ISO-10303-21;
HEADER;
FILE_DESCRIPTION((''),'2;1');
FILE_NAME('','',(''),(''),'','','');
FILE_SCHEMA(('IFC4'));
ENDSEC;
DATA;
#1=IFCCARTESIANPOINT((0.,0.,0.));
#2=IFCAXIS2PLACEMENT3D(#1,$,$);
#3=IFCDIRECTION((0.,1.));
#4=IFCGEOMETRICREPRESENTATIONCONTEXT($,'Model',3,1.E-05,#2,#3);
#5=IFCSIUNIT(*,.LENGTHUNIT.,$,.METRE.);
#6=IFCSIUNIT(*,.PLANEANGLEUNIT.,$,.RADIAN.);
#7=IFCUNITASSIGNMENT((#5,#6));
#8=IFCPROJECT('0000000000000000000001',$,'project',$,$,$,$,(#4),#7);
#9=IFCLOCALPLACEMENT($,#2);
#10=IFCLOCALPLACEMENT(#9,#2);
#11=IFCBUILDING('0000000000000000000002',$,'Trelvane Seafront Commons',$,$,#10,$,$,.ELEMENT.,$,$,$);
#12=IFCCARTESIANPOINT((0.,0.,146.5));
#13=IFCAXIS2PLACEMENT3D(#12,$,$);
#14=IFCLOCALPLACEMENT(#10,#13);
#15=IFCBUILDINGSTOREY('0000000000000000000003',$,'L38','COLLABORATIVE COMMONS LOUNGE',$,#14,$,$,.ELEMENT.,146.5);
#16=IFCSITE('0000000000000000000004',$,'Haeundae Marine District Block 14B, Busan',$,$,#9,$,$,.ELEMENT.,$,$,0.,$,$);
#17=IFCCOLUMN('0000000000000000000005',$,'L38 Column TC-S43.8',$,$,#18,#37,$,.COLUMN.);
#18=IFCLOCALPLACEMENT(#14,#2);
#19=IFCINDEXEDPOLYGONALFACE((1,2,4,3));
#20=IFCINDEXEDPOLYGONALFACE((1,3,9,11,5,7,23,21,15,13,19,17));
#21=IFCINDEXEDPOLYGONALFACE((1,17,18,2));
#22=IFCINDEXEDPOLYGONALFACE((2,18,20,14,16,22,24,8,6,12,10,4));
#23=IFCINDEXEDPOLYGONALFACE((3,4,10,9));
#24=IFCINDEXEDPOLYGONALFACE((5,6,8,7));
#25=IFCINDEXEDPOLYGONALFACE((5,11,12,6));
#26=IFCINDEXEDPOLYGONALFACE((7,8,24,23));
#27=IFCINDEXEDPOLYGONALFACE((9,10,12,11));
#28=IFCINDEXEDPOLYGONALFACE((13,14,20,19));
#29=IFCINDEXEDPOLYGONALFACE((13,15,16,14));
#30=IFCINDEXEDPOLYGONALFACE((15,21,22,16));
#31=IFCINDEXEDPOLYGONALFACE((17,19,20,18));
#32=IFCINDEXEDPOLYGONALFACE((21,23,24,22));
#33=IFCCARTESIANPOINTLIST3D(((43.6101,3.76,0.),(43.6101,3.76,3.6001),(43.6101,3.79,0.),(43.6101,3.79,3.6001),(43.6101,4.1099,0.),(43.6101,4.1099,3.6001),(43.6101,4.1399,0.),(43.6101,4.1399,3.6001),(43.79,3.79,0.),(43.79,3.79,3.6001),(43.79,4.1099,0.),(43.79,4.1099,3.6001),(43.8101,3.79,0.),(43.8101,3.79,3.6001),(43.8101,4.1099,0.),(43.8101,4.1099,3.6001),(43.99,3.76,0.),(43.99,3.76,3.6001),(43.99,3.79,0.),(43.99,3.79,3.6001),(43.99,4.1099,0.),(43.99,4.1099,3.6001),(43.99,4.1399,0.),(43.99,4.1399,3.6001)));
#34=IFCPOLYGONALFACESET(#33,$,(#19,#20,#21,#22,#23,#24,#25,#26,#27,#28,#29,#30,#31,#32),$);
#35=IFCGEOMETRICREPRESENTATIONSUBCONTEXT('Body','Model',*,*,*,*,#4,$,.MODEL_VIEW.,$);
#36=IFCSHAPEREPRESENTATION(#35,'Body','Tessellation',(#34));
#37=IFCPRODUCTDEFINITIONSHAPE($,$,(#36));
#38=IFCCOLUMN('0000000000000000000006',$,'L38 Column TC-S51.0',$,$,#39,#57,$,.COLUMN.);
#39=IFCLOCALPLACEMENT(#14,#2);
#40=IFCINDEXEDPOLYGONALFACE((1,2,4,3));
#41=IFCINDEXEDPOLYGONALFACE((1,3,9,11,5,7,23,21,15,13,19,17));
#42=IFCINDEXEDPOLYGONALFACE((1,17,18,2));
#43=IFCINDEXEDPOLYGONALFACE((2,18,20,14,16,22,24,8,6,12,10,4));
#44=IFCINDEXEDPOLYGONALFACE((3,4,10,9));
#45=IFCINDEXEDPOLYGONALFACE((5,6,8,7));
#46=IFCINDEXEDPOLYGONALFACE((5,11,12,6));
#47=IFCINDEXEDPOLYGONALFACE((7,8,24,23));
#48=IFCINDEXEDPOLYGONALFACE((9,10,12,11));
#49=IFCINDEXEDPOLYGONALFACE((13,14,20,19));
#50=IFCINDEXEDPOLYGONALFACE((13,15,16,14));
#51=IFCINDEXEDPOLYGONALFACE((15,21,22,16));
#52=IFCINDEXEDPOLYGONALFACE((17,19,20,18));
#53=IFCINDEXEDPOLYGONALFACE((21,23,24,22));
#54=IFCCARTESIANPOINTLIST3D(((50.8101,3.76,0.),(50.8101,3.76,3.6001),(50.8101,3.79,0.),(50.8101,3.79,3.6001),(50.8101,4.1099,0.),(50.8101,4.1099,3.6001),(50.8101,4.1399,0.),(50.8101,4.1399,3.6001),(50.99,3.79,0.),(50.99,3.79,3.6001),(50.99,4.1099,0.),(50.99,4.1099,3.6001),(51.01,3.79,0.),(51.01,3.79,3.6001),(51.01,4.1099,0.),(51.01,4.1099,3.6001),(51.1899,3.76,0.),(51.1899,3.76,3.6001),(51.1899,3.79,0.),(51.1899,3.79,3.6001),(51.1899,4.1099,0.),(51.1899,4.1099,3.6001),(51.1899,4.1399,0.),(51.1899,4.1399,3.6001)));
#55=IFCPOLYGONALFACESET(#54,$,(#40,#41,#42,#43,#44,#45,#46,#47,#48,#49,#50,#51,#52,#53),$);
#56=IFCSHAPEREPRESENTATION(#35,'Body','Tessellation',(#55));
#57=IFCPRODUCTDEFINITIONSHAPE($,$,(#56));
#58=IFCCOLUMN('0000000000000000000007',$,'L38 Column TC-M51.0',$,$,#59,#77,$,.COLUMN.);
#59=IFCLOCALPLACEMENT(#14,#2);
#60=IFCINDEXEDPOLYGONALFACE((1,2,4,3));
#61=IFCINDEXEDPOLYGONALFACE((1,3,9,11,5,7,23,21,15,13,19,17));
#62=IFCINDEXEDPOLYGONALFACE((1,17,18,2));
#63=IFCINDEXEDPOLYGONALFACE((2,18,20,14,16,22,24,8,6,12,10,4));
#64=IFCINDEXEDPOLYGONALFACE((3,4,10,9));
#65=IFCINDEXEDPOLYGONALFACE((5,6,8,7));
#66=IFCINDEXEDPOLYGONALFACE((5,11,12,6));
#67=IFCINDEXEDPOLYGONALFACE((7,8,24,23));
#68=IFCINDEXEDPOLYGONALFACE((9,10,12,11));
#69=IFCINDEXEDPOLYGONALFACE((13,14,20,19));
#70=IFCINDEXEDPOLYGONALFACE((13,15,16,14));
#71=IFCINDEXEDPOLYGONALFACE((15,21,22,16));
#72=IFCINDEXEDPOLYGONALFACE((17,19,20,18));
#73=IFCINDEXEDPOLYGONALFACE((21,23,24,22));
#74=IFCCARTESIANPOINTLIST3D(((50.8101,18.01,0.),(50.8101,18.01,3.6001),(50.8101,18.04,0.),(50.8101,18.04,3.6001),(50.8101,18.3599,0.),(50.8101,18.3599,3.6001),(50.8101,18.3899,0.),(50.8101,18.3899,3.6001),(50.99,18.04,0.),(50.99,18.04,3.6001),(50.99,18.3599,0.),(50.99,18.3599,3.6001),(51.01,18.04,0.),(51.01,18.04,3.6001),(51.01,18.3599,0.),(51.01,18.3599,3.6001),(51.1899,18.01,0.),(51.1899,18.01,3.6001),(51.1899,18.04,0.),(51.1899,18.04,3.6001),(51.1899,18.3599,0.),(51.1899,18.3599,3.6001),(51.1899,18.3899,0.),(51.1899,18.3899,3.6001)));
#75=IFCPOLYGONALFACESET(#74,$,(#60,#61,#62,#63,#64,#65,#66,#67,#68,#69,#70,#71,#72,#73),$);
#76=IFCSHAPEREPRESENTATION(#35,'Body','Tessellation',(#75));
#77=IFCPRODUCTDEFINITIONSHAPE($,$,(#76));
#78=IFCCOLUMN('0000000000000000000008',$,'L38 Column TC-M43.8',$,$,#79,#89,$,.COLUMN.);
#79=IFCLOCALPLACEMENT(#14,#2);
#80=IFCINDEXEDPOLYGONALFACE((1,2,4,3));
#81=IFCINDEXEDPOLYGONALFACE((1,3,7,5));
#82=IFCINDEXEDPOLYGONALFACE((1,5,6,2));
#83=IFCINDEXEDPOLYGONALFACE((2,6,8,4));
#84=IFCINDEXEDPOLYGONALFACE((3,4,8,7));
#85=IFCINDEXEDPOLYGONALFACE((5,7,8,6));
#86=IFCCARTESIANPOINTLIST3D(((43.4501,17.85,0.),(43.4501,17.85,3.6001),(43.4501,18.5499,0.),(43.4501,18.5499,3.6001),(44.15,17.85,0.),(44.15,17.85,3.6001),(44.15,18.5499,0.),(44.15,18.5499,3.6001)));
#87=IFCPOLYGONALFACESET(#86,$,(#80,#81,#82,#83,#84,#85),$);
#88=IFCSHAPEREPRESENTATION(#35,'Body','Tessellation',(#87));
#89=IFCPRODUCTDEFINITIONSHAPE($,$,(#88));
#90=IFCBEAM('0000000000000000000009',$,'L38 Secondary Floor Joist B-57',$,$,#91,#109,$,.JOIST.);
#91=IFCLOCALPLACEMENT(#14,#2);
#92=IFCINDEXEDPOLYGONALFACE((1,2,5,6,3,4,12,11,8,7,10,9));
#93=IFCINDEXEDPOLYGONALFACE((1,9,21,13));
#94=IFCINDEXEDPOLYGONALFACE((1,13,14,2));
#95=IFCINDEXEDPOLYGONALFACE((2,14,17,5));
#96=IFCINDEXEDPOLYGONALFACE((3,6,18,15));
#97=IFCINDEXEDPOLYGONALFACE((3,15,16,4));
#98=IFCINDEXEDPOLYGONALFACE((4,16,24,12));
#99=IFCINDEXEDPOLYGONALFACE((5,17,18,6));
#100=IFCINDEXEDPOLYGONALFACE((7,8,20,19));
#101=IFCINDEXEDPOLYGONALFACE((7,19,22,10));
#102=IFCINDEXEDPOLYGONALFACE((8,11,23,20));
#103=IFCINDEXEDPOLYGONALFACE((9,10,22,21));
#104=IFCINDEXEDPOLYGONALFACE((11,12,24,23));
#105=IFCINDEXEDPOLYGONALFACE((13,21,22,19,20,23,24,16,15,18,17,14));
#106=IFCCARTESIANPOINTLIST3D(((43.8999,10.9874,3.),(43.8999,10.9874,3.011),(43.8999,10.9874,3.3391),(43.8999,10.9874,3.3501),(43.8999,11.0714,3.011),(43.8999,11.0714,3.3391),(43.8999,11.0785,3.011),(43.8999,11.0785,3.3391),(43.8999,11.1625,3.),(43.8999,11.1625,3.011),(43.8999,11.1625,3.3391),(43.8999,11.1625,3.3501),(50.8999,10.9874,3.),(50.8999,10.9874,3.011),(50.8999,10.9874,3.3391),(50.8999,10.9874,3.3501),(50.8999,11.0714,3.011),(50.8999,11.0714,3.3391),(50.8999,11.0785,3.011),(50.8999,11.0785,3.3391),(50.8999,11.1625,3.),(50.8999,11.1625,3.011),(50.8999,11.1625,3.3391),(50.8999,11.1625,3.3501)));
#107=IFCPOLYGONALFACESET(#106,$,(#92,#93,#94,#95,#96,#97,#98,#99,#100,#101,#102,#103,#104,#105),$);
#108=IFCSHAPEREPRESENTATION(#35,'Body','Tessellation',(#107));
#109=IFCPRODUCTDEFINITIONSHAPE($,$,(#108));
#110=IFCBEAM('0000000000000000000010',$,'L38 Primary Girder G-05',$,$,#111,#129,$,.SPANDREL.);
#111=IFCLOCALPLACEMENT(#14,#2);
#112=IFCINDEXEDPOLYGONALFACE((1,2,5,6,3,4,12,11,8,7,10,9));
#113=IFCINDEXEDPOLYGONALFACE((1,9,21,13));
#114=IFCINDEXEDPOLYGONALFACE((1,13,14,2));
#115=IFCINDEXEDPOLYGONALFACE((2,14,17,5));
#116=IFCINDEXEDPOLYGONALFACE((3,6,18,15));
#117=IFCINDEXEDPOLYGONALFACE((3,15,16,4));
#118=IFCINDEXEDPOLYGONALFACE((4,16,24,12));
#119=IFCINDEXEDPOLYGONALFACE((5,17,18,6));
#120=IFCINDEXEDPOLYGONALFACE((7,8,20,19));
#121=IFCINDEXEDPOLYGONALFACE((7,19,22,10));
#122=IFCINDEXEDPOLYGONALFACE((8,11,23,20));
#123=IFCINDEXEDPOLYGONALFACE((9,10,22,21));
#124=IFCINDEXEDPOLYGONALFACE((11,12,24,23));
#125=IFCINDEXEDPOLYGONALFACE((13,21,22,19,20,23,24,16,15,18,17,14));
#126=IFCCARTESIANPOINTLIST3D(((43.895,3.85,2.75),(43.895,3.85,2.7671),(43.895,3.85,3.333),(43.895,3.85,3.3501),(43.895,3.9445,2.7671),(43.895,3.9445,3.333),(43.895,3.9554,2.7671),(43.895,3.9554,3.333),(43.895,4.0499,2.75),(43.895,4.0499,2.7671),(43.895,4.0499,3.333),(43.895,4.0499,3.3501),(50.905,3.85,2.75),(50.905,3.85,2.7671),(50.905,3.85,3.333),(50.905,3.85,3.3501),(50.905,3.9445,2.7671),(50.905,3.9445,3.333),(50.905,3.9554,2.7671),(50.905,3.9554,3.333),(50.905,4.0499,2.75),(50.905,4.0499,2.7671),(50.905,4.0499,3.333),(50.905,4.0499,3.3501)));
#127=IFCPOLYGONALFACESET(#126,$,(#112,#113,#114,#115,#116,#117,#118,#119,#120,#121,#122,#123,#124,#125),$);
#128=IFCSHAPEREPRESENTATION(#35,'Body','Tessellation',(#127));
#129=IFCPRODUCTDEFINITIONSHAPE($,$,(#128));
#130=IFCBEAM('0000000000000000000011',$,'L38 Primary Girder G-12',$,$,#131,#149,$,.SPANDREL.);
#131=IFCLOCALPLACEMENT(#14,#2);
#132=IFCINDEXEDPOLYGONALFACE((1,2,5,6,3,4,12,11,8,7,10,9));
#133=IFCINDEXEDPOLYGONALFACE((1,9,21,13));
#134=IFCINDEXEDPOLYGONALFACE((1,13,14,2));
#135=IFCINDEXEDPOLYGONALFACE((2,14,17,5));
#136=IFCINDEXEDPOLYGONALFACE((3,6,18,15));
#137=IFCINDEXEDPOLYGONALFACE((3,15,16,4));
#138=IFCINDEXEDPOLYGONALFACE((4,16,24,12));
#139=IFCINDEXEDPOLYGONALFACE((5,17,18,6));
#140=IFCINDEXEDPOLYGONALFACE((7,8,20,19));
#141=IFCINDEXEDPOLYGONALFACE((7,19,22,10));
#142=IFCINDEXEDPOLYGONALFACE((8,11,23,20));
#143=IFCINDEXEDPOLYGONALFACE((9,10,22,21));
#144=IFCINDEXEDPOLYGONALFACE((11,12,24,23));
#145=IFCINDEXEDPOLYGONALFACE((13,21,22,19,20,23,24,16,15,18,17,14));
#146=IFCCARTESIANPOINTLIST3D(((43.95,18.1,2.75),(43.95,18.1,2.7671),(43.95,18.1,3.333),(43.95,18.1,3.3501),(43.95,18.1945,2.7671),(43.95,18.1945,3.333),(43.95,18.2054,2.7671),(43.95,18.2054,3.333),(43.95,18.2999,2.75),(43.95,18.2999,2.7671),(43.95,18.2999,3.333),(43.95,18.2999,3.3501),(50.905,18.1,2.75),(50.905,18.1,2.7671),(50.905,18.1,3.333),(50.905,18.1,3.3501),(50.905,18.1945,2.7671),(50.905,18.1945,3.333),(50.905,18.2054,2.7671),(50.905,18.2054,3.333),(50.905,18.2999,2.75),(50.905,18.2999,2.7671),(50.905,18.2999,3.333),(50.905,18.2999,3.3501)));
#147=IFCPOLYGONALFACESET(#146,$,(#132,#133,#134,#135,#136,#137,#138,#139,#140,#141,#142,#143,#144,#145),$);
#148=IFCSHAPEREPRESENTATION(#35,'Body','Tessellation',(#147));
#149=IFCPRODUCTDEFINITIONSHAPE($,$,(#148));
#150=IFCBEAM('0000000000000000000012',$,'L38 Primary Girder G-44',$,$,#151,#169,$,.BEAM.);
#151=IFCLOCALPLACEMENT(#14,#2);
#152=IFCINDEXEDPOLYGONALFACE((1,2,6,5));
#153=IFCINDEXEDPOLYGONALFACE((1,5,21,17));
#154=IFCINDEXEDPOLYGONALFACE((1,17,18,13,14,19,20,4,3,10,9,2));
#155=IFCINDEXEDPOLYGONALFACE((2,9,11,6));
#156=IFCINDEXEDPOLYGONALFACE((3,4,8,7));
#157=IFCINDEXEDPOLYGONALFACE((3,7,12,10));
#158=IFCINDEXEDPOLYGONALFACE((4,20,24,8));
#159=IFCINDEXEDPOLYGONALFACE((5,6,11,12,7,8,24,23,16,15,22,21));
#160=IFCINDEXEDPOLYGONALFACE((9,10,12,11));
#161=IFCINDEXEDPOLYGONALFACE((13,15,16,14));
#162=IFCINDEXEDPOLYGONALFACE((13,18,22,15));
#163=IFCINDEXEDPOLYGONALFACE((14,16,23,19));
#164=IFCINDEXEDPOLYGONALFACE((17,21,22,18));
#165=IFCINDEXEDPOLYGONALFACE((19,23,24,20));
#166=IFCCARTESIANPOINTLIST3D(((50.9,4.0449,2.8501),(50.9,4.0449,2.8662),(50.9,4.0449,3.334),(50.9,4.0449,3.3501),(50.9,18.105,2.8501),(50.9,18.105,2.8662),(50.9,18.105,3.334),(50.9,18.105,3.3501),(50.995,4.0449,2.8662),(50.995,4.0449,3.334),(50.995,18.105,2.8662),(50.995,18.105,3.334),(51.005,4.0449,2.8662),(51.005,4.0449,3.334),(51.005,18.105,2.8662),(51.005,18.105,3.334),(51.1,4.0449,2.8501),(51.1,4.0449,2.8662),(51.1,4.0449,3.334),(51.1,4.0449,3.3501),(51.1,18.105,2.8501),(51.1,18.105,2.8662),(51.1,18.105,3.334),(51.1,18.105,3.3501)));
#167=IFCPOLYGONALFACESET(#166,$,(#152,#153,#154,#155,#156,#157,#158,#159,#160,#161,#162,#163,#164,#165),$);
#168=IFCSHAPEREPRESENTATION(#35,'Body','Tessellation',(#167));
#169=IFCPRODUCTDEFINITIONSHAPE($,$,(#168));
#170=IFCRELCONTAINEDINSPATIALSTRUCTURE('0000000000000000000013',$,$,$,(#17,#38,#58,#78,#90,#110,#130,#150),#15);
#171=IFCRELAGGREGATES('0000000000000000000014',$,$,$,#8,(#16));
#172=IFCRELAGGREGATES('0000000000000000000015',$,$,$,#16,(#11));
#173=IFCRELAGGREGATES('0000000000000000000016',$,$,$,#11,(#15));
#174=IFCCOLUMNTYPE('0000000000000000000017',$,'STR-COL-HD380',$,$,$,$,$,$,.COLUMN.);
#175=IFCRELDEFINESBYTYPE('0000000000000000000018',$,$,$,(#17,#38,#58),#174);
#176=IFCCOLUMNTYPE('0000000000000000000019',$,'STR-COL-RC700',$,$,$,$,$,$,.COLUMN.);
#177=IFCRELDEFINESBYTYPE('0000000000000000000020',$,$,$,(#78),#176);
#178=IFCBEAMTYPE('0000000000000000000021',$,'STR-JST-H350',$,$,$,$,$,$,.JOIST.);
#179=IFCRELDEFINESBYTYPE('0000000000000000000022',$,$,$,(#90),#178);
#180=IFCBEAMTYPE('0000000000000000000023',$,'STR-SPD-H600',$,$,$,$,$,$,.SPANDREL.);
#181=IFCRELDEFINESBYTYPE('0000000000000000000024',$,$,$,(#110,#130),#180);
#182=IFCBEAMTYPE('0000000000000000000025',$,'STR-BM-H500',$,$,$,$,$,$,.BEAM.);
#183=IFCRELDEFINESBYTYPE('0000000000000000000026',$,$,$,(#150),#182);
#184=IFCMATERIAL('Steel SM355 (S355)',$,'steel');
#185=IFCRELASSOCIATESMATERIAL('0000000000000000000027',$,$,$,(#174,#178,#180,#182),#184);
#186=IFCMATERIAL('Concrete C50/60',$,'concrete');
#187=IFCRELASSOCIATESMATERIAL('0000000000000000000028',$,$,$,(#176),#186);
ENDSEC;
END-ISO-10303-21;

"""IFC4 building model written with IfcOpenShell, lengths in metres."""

from ifc_helpers import new_model, si_unit, direction, frame, origin, origin_2d, place, context, subcontext, project, spatial, rectangle, i_section, extrude, source, transform, mapped, material, material_profile, profile_set, type_object, element, save


model = new_model("IFC4")

# Units and contexts
model_context = context("Model", 3, precision=1e-05, world=origin(), true_north=direction((0.0, 1.0)))
body_context = subcontext(model_context, "Body", "Model", "MODEL_VIEW")
ifc_project = project(units=[si_unit("LENGTHUNIT", "METRE"), si_unit("PLANEANGLEUNIT", "RADIAN")], contexts=[model_context])

# Site, building, storey
site_placement = place(None, origin())
site = spatial("IfcSite", under=ifc_project, at=site_placement, Name="Haeundae Marine District Block 14B, Busan", CompositionType="ELEMENT", RefElevation=0.0)
building_placement = place(site_placement, origin())
building = spatial("IfcBuilding", under=site, at=building_placement, Name="Trelvane Seafront Commons", CompositionType="ELEMENT")
storey_placement = place(building_placement, frame((0.0, 0.0, 146.5)))
storey = spatial("IfcBuildingStorey", under=building, at=storey_placement, Name="L38", Description="COLLABORATIVE COMMONS LOUNGE", CompositionType="ELEMENT", Elevation=146.5)

# Columns
ifc_material_1 = material(Name="Steel SM355 (S355)", Category="steel")
ifc_material_profile_1 = material_profile(ifc_material_1, i_section(OverallWidth=0.3799, OverallDepth=0.3799, WebThickness=0.02, FlangeThickness=0.03, at=origin_2d()), Name="HD-380x380x20x30")
ifc_profile_set_1 = profile_set([ifc_material_profile_1], Name="Steel SM355 (S355)")
column_type_1 = type_object("IfcColumnType", Name="STR-COL-HD380", PredefinedType="COLUMN", material=ifc_profile_set_1)
shared_shape_1 = source(origin(), body_context, "Body", "SweptSolid", [
    extrude(i_section(OverallWidth=0.3799, OverallDepth=0.3799, WebThickness=0.02, FlangeThickness=0.03, at=origin_2d()), origin(), (0.0, 0.0, 1.0), 3.6001),
])
for number, where, z_axis, x_axis, name in (
    (1, (43.8, 3.95, 0.0), (0.0, 0.0, 1.0), (1.0, 0.0, 0.0), "L38 Column TC-S43.8"),
    (2, (51.0, 3.95, 0.0), (0.0, 0.0, 1.0), (1.0, 0.0, 0.0), "L38 Column TC-S51.0"),
    (3, (51.0, 18.2, 0.0), (0.0, 0.0, 1.0), (1.0, 0.0, 0.0), "L38 Column TC-M51.0"),
):
    element("IfcColumn", number, at=place(storey_placement, frame(where, z_axis=z_axis, x_axis=x_axis)), inside=storey, type_object=column_type_1, Name=name, PredefinedType="COLUMN", context=body_context, shape_type="MappedRepresentation", body=[
        mapped(shared_shape_1, transform((0.0, 0.0, 0.0), x_axis=(1.0, 0.0, 0.0), y_axis=(0.0, 1.0, 0.0), z_axis=(0.0, 0.0, 1.0), scale=1.0)),
    ])
ifc_material_2 = material(Name="Concrete C50/60", Category="concrete")
ifc_material_profile_2 = material_profile(ifc_material_2, rectangle(XDim=0.7, YDim=0.7, at=origin_2d()), Name="RC-700x700")
ifc_profile_set_2 = profile_set([ifc_material_profile_2], Name="Concrete C50/60")
column_type_2 = type_object("IfcColumnType", Name="STR-COL-RC700", PredefinedType="COLUMN", material=ifc_profile_set_2)
shared_shape_2 = source(origin(), body_context, "Body", "SweptSolid", [
    extrude(rectangle(XDim=0.7, YDim=0.7, at=origin_2d()), origin(), (0.0, 0.0, 1.0), 3.6001),
])
column_placement = place(storey_placement, frame((43.8, 18.2, 0.0), z_axis=(0.0, 0.0, 1.0), x_axis=(1.0, 0.0, 0.0)))
element("IfcColumn", 4, at=column_placement, inside=storey, type_object=column_type_2, Name="L38 Column TC-M43.8", PredefinedType="COLUMN", context=body_context, shape_type="MappedRepresentation", body=[
    mapped(shared_shape_2, transform((0.0, 0.0, 0.0), x_axis=(1.0, 0.0, 0.0), y_axis=(0.0, 1.0, 0.0), z_axis=(0.0, 0.0, 1.0), scale=1.0)),
])

# Beams
ifc_material_profile_3 = material_profile(ifc_material_1, i_section(OverallWidth=0.175, OverallDepth=0.3501, WebThickness=0.0071, FlangeThickness=0.011, at=origin_2d()), Name="H-350x175x7x11")
ifc_profile_set_3 = profile_set([ifc_material_profile_3], Name="Steel SM355 (S355)")
beam_type_1 = type_object("IfcBeamType", Name="STR-JST-H350", PredefinedType="JOIST", material=ifc_profile_set_3)
shared_shape_3 = source(origin(), body_context, "Body", "SweptSolid", [
    extrude(i_section(OverallWidth=0.175, OverallDepth=0.3501, WebThickness=0.0071, FlangeThickness=0.011, at=origin_2d()), origin(), (0.0, 0.0, 1.0), 7.0),
])
beam_1_placement = place(storey_placement, frame((43.8999, 11.075, 3.175), z_axis=(1.0, 0.0, 0.0), x_axis=(0.0, 1.0, 0.0)))
element("IfcBeam", 5, at=beam_1_placement, inside=storey, type_object=beam_type_1, Name="L38 Secondary Floor Joist B-57", PredefinedType="JOIST", context=body_context, shape_type="MappedRepresentation", body=[
    mapped(shared_shape_3, transform((0.0, 0.0, 0.0), x_axis=(1.0, 0.0, 0.0), y_axis=(0.0, 1.0, 0.0), z_axis=(0.0, 0.0, 1.0), scale=1.0)),
])
ifc_material_profile_4 = material_profile(ifc_material_1, i_section(OverallWidth=0.2, OverallDepth=0.6001, WebThickness=0.011, FlangeThickness=0.0171, at=origin_2d()), Name="H-600x200x11x17")
ifc_profile_set_4 = profile_set([ifc_material_profile_4], Name="Steel SM355 (S355)")
beam_type_2 = type_object("IfcBeamType", Name="STR-SPD-H600", PredefinedType="SPANDREL", material=ifc_profile_set_4)
shared_shape_4 = source(origin(), body_context, "Body", "SweptSolid", [
    extrude(i_section(OverallWidth=0.2, OverallDepth=0.6001, WebThickness=0.011, FlangeThickness=0.0171, at=origin_2d()), origin(), (0.0, 0.0, 1.0), 7.01),
])
beam_2_placement = place(storey_placement, frame((43.895, 3.95, 3.05), z_axis=(1.0, 0.0, 0.0), x_axis=(0.0, 1.0, 0.0)))
element("IfcBeam", 6, at=beam_2_placement, inside=storey, type_object=beam_type_2, Name="L38 Primary Girder G-05", PredefinedType="SPANDREL", context=body_context, shape_type="MappedRepresentation", body=[
    mapped(shared_shape_4, transform((0.0, 0.0, 0.0), x_axis=(1.0, 0.0, 0.0), y_axis=(0.0, 1.0, 0.0), z_axis=(0.0, 0.0, 1.0), scale=1.0)),
])
shared_shape_5 = source(origin(), body_context, "Body", "SweptSolid", [
    extrude(i_section(OverallWidth=0.2, OverallDepth=0.6001, WebThickness=0.011, FlangeThickness=0.0171, at=origin_2d()), origin(), (0.0, 0.0, 1.0), 6.9551),
])
beam_3_placement = place(storey_placement, frame((43.95, 18.2, 3.05), z_axis=(1.0, 0.0, 0.0), x_axis=(0.0, 1.0, 0.0)))
element("IfcBeam", 7, at=beam_3_placement, inside=storey, type_object=beam_type_2, Name="L38 Primary Girder G-12", PredefinedType="SPANDREL", context=body_context, shape_type="MappedRepresentation", body=[
    mapped(shared_shape_5, transform((0.0, 0.0, 0.0), x_axis=(1.0, 0.0, 0.0), y_axis=(0.0, 1.0, 0.0), z_axis=(0.0, 0.0, 1.0), scale=1.0)),
])
ifc_material_profile_5 = material_profile(ifc_material_1, i_section(OverallWidth=0.2, OverallDepth=0.5, WebThickness=0.01, FlangeThickness=0.0161, at=origin_2d()), Name="H-500x200x10x16")
ifc_profile_set_5 = profile_set([ifc_material_profile_5], Name="Steel SM355 (S355)")
beam_type_3 = type_object("IfcBeamType", Name="STR-BM-H500", PredefinedType="BEAM", material=ifc_profile_set_5)
shared_shape_6 = source(origin(), body_context, "Body", "SweptSolid", [
    extrude(i_section(OverallWidth=0.2, OverallDepth=0.5, WebThickness=0.01, FlangeThickness=0.0161, at=origin_2d()), origin(), (0.0, 0.0, 1.0), 14.0601),
])
beam_4_placement = place(storey_placement, frame((51.0, 4.0449, 3.1001), z_axis=(0.0, 1.0, 0.0), x_axis=(-1.0, 0.0, 0.0)))
element("IfcBeam", 8, at=beam_4_placement, inside=storey, type_object=beam_type_3, Name="L38 Primary Girder G-44", PredefinedType="BEAM", context=body_context, shape_type="MappedRepresentation", body=[
    mapped(shared_shape_6, transform((0.0, 0.0, 0.0), x_axis=(1.0, 0.0, 0.0), y_axis=(0.0, 1.0, 0.0), z_axis=(0.0, 0.0, 1.0), scale=1.0)),
])

save(model, "model.ifc")
